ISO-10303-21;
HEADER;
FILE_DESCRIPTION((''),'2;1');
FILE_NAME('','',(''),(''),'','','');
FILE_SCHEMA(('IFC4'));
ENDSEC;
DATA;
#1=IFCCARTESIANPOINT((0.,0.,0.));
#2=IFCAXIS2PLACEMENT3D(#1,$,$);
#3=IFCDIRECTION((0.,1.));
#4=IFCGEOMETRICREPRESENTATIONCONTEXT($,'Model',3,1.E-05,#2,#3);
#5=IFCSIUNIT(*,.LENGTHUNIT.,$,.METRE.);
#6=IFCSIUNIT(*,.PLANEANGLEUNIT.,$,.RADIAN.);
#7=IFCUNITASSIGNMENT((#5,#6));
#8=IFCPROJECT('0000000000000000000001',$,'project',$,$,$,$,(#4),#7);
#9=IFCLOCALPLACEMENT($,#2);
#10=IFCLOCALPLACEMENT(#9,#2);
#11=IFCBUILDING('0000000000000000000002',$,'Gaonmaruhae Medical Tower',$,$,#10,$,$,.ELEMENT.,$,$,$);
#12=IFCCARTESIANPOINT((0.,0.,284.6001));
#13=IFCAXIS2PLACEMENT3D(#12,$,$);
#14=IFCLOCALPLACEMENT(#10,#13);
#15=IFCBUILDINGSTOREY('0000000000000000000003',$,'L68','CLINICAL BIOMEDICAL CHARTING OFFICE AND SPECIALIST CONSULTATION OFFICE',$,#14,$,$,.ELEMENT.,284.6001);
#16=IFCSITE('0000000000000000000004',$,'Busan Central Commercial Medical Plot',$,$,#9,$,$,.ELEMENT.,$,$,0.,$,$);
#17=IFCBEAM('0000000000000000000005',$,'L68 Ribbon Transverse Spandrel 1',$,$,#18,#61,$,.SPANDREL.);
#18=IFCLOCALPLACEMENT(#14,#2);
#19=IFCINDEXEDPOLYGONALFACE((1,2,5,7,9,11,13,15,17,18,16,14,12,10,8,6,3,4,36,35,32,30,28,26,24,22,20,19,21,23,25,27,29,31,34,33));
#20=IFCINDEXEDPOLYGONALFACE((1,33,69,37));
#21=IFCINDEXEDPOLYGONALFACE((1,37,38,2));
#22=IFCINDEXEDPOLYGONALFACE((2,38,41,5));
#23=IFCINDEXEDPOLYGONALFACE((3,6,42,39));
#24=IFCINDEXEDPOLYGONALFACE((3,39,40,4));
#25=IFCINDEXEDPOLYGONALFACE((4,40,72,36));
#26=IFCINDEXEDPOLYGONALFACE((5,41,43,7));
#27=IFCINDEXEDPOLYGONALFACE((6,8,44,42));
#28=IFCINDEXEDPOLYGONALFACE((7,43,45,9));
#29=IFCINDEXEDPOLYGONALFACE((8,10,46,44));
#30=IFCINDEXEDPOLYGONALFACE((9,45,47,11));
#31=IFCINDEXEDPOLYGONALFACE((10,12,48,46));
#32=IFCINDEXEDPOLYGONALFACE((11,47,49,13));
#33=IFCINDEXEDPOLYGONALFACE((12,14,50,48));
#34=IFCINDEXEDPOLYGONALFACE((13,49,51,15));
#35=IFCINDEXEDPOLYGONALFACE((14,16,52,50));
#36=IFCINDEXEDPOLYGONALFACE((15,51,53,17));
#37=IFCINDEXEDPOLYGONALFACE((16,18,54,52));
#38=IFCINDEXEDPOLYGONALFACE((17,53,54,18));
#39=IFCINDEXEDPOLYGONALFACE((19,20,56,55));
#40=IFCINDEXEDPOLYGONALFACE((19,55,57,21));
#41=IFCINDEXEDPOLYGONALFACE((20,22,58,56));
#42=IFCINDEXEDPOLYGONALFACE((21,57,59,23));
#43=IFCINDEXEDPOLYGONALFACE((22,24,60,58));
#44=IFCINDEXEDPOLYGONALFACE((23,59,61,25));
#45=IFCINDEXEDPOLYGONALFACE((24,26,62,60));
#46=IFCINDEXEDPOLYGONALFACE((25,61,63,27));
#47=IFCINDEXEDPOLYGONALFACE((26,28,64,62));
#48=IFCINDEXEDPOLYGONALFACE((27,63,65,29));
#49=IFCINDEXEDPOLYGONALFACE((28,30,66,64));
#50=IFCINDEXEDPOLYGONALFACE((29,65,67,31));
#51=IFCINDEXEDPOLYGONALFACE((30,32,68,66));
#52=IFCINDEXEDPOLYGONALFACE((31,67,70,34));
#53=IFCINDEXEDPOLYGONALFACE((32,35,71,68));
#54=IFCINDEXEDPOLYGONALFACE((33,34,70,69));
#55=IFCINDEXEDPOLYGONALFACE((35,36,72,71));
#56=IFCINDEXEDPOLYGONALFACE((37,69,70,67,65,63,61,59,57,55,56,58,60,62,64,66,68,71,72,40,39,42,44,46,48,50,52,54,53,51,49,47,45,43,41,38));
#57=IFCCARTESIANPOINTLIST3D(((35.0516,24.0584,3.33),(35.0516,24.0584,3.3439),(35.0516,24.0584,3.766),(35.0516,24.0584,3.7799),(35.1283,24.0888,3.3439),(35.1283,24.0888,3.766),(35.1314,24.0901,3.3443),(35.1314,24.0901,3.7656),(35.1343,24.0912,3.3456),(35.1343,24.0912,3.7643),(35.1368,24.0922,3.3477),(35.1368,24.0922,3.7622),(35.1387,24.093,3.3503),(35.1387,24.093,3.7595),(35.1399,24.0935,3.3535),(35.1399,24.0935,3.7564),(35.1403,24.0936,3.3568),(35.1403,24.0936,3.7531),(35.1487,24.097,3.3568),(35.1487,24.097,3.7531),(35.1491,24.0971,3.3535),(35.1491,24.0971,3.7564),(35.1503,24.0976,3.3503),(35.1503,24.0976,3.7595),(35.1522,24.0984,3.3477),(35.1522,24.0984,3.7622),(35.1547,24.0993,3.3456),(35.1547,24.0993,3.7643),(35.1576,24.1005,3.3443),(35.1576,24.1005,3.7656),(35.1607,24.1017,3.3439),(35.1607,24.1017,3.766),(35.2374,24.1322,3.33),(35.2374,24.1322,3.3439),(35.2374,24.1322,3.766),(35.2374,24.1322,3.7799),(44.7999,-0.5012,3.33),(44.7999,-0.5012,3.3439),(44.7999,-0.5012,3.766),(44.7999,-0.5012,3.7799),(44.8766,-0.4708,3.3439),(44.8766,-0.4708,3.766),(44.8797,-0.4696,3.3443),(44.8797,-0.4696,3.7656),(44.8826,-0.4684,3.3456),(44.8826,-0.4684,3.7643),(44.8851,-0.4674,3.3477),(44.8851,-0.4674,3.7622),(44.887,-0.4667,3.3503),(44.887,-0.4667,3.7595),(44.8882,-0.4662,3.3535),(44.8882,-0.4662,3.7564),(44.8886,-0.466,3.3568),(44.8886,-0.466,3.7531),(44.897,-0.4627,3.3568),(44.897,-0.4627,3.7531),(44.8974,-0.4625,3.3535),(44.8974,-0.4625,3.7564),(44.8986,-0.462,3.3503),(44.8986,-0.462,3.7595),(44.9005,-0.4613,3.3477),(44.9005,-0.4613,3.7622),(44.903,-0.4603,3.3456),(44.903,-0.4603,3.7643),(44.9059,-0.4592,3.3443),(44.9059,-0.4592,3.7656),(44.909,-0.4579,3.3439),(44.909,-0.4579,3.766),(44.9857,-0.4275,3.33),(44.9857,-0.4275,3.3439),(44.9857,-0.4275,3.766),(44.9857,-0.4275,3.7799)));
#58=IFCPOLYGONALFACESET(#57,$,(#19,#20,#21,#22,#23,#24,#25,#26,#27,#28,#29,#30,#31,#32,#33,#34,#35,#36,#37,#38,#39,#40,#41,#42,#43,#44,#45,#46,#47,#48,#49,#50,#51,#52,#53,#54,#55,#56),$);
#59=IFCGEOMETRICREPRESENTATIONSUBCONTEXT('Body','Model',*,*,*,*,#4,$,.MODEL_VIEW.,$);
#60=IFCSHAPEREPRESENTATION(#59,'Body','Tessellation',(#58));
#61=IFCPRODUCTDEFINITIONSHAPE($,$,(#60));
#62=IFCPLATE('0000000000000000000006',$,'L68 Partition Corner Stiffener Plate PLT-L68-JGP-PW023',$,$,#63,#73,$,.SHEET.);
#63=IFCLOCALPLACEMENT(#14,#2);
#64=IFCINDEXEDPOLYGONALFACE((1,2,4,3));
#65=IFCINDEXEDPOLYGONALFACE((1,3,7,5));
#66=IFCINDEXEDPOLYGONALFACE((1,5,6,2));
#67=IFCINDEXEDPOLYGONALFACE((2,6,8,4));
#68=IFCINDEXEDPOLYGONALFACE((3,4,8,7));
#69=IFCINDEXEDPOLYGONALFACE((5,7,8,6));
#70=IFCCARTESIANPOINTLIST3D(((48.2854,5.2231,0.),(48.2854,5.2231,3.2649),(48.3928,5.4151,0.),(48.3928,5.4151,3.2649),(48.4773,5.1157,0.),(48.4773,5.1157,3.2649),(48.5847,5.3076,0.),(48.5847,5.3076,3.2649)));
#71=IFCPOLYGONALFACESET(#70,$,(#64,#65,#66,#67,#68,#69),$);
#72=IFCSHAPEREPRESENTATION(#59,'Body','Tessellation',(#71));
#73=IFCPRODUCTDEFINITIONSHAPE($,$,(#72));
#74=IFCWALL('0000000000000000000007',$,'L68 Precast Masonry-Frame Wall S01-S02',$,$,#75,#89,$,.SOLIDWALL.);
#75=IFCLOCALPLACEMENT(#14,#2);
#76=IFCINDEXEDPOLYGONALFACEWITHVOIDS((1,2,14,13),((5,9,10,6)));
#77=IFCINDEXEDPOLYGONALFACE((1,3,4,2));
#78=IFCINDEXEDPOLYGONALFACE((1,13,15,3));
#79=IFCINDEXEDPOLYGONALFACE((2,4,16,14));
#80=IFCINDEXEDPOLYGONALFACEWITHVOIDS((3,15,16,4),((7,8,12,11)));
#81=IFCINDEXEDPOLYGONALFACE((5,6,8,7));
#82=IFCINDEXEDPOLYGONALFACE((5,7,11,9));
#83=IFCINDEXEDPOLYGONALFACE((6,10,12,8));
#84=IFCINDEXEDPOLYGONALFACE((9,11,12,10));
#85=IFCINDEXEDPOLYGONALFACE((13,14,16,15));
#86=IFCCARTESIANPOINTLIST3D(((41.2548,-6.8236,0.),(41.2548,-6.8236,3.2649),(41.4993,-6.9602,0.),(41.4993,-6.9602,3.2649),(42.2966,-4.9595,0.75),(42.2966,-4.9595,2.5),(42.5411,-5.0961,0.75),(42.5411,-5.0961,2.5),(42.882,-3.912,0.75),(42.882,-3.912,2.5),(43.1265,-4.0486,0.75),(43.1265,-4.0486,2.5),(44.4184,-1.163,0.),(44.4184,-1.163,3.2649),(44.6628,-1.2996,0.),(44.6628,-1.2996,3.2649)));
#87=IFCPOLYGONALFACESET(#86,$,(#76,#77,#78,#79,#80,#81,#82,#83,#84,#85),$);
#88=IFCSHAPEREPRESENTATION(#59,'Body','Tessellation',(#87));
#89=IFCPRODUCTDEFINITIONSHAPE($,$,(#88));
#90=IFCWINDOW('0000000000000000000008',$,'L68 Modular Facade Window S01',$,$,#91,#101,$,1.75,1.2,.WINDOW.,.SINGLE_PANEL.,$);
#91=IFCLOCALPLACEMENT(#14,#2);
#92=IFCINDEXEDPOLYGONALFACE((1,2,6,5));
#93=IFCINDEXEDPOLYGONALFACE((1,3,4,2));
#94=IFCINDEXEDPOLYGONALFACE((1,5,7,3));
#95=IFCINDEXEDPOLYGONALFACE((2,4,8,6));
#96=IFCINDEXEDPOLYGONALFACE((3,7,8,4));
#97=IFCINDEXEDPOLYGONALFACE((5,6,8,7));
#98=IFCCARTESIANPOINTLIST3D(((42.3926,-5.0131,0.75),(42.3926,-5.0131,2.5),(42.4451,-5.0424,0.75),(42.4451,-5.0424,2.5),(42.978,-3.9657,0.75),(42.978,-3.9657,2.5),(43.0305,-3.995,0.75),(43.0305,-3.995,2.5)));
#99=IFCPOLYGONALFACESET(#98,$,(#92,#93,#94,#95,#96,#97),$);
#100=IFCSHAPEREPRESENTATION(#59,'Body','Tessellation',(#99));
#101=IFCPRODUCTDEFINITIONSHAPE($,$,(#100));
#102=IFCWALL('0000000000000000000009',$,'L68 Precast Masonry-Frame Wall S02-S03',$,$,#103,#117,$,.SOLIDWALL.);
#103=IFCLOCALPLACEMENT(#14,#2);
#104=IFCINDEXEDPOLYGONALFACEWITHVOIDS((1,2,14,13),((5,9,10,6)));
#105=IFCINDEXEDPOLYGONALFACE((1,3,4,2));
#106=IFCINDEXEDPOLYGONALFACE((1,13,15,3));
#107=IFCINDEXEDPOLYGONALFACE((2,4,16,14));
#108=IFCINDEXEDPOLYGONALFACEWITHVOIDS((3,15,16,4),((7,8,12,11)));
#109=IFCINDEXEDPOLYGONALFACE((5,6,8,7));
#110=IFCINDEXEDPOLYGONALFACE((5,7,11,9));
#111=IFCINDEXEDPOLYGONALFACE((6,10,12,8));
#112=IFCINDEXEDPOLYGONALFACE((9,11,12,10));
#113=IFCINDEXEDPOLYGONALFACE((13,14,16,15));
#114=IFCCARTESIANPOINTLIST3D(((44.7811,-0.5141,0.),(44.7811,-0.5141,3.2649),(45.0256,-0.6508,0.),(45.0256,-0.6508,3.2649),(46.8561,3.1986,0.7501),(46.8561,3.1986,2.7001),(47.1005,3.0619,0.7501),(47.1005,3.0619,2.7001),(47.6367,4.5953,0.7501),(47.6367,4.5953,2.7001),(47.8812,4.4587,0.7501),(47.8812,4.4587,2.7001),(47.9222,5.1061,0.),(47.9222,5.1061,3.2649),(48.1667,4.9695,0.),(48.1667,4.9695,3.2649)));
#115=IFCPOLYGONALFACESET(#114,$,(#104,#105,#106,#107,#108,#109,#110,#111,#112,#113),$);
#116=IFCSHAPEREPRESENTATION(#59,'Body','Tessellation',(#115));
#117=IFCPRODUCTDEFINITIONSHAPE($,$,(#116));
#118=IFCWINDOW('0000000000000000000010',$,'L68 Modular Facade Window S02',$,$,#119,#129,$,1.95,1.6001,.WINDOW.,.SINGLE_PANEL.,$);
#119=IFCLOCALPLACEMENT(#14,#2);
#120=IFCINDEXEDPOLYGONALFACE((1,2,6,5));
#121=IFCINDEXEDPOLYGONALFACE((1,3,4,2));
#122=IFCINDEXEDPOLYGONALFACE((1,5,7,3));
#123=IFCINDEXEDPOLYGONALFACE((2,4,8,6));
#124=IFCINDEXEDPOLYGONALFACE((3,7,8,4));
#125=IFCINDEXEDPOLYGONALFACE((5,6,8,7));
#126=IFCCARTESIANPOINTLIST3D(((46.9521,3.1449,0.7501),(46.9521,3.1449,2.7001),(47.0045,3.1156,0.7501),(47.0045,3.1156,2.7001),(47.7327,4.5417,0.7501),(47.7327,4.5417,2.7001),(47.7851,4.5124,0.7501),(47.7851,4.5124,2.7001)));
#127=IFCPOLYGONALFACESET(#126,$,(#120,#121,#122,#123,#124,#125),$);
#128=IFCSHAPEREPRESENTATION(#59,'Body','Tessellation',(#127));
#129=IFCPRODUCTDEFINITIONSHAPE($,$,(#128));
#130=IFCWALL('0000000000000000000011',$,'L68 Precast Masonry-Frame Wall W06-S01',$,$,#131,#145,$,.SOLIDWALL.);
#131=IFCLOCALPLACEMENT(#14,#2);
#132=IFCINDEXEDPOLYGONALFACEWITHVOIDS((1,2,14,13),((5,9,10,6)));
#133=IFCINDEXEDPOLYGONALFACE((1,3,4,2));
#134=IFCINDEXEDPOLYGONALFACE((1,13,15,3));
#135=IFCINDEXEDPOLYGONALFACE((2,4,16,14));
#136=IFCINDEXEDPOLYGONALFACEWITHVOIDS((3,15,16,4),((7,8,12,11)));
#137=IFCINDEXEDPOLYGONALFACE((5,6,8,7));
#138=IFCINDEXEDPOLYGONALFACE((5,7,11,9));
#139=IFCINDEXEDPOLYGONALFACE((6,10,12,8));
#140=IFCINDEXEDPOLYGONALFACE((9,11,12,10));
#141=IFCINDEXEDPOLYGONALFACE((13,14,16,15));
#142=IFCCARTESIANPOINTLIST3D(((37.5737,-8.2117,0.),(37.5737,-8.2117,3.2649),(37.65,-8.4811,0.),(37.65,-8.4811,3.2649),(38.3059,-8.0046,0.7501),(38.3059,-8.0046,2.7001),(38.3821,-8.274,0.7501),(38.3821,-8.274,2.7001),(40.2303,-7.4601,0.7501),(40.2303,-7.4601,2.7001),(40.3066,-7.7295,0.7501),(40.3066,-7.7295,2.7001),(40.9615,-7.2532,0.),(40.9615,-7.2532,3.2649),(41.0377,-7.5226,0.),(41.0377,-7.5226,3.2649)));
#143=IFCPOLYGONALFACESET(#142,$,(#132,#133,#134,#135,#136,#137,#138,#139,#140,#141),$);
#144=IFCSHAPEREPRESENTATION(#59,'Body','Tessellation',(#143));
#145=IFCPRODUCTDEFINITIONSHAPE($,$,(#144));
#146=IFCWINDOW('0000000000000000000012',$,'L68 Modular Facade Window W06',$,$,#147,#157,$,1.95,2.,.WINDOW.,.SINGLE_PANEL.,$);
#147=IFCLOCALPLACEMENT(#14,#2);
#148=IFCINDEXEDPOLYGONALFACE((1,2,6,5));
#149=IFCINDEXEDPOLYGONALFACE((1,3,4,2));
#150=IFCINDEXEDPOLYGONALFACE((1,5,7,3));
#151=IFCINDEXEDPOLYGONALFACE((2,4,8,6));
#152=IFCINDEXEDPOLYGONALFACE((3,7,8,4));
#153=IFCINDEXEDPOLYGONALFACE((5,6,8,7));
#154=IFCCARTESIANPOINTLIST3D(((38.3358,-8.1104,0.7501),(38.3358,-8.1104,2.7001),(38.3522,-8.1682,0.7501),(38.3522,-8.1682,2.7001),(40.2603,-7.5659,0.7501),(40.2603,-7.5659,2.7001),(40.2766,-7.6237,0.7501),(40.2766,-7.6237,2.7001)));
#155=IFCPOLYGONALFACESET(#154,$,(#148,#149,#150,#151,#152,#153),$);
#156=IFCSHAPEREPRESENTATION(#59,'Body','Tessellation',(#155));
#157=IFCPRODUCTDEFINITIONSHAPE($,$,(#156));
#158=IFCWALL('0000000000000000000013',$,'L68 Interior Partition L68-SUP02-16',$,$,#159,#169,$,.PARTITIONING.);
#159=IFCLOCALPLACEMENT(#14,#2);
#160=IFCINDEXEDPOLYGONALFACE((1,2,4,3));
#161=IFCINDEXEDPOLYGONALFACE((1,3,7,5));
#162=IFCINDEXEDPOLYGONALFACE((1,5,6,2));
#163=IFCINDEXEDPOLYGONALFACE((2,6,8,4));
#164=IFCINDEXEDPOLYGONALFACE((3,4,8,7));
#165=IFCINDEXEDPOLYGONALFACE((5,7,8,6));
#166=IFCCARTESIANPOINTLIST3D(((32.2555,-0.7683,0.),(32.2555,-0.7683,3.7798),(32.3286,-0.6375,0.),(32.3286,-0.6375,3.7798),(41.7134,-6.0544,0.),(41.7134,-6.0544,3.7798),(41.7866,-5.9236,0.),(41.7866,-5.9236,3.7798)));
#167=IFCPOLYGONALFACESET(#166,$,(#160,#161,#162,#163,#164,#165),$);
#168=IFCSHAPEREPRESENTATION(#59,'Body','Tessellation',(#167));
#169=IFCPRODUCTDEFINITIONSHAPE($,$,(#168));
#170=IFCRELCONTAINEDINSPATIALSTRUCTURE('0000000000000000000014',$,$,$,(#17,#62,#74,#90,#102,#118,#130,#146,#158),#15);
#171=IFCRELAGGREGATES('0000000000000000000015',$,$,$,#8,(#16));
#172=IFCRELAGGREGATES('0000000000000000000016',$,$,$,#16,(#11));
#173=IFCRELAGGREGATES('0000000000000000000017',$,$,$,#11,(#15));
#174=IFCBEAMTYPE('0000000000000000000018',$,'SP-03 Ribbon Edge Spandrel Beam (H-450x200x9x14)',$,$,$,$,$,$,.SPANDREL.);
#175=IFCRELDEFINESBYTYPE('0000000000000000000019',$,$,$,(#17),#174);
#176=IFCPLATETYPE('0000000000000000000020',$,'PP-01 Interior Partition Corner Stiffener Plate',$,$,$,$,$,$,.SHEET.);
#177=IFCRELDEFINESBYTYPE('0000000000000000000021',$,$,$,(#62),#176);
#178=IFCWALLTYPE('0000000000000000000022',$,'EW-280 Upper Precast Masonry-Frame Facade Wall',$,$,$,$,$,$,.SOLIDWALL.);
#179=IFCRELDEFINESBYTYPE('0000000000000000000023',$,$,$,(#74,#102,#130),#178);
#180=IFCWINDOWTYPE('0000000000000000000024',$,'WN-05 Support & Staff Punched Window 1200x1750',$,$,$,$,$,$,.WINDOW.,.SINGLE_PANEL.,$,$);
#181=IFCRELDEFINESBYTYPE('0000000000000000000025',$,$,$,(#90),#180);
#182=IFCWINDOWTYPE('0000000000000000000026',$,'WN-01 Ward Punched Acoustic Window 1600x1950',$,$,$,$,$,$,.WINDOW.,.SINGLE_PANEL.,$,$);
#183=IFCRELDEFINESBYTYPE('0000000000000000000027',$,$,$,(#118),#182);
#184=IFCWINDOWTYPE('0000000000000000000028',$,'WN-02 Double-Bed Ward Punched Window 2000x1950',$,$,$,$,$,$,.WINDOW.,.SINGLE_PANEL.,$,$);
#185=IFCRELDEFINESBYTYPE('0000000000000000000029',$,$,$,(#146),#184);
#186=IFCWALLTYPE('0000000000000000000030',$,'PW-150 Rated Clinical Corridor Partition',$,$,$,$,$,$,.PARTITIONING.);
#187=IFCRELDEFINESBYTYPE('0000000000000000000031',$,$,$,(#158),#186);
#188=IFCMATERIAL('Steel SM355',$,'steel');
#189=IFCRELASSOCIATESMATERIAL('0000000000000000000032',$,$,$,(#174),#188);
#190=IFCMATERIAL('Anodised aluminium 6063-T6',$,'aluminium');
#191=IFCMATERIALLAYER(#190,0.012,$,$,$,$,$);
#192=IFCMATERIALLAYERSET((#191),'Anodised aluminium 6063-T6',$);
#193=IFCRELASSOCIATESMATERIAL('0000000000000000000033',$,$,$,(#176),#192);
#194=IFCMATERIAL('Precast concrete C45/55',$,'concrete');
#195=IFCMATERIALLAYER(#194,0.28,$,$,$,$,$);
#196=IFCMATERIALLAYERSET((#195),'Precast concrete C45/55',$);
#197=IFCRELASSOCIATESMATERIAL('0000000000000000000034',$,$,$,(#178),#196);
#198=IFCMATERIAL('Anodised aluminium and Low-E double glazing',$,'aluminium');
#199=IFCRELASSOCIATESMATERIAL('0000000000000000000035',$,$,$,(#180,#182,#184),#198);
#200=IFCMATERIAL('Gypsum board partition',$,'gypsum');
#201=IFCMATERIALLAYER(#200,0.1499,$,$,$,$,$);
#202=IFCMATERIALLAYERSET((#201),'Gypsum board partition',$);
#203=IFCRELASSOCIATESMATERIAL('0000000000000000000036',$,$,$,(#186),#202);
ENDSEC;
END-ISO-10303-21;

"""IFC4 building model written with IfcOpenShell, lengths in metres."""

from ifc_helpers import new_model, si_unit, direction, frame, frame_2d, origin, origin_2d, place, context, subcontext, project, spatial, rectangle, i_section, extrude, material, layer, layer_set, material_profile, profile_set, type_object, element, fill, save


model = new_model("IFC4")

# Units and contexts
model_context = context("Model", 3, precision=1e-05, world=origin(), true_north=direction((0.0, 1.0)))
body_context = subcontext(model_context, "Body", "Model", "MODEL_VIEW")
ifc_project = project(units=[si_unit("LENGTHUNIT", "METRE"), si_unit("PLANEANGLEUNIT", "RADIAN")], contexts=[model_context])

# Site, building, storey
site_placement = place(None, origin())
site = spatial("IfcSite", under=ifc_project, at=site_placement, Name="Busan Central Commercial Medical Plot", CompositionType="ELEMENT", RefElevation=0.0)
building_placement = place(site_placement, origin())
building = spatial("IfcBuilding", under=site, at=building_placement, Name="Gaonmaruhae Medical Tower", CompositionType="ELEMENT")
storey_placement = place(building_placement, frame((0.0, 0.0, 284.6001)))
storey = spatial("IfcBuildingStorey", under=building, at=storey_placement, Name="L68", Description="CLINICAL BIOMEDICAL CHARTING OFFICE AND SPECIALIST CONSULTATION OFFICE", CompositionType="ELEMENT", Elevation=284.6001)

# Beam
ifc_material_1 = material(Name="Steel SM355", Category="steel")
ifc_material_profile_1 = material_profile(ifc_material_1, i_section(OverallWidth=0.2, OverallDepth=0.45, WebThickness=0.009, FlangeThickness=0.0139, FilletRadius=0.0129, at=origin_2d()), Name="H-450x200x9x14")
ifc_profile_set_1 = profile_set([ifc_material_profile_1], Name="Steel SM355")
beam_type_1 = type_object("IfcBeamType", Name="SP-03 Ribbon Edge Spandrel Beam (H-450x200x9x14)", PredefinedType="SPANDREL", material=ifc_profile_set_1)
beam_placement = place(storey_placement, frame((44.8928, -0.4644, 3.5549), z_axis=(-0.368925, 0.929459, 0.0), x_axis=(-0.929459, -0.368925, 0.0)))
element("IfcBeam", 1, at=beam_placement, inside=storey, type_object=beam_type_1, Name="L68 Ribbon Transverse Spandrel 1", PredefinedType="SPANDREL", context=body_context, shape_type="SweptSolid", body=[
    extrude(i_section(OverallWidth=0.2, OverallDepth=0.45, WebThickness=0.009, FlangeThickness=0.0139, FilletRadius=0.0129, at=origin_2d()), origin(), (0.0, 0.0, 1.0), 26.4236),
])

# Plate
ifc_material_2 = material(Name="Anodised aluminium 6063-T6", Category="aluminium")
ifc_layer_1 = layer(ifc_material_2, 0.012)
ifc_layer_set_1 = layer_set([ifc_layer_1], Name="Anodised aluminium 6063-T6")
plate_type = type_object("IfcPlateType", Name="PP-01 Interior Partition Corner Stiffener Plate", PredefinedType="SHEET", material=ifc_layer_set_1)
plate_placement = place(storey_placement, frame((48.4351, 5.2654, 0.0), z_axis=(0.0, 0.0, 1.0), x_axis=(-0.488362, -0.872641, 0.0)))
element("IfcPlate", 2, at=plate_placement, inside=storey, type_object=plate_type, Name="L68 Partition Corner Stiffener Plate PLT-L68-JGP-PW023", PredefinedType="SHEET", context=body_context, shape_type="SweptSolid", body=[
    extrude(rectangle(XDim=0.22, YDim=0.22, at=origin_2d()), origin(), (0.0, 0.0, 1.0), 3.2649),
])

# Walls, openings, windows
ifc_material_3 = material(Name="Precast concrete C45/55", Category="concrete")
ifc_layer_2 = layer(ifc_material_3, 0.28)
ifc_layer_set_2 = layer_set([ifc_layer_2], Name="Precast concrete C45/55")
wall_type_1 = type_object("IfcWallType", Name="EW-280 Upper Precast Masonry-Frame Facade Wall", PredefinedType="SOLIDWALL", material=ifc_layer_set_2)
wall_1_placement = place(storey_placement, frame((44.5405, -1.2314, 0.0), z_axis=(0.0, 0.0, 1.0), x_axis=(-0.487853, -0.872926, 0.0)))
wall_1 = element("IfcWall", 3, at=wall_1_placement, inside=storey, type_object=wall_type_1, Name="L68 Precast Masonry-Frame Wall S01-S02", PredefinedType="SOLIDWALL", context=body_context, shape_type="SweptSolid", body=[
    extrude(rectangle(XDim=6.4846, YDim=0.28, at=frame_2d((3.2422, 0.0))), origin(), (0.0, 0.0, 1.0), 3.2649),
])
opening_1_placement = place(wall_1_placement, frame((3.1489, 0.0, 0.75)))
opening_1 = element("IfcOpeningElement", 4, at=opening_1_placement, cuts=wall_1, PredefinedType="OPENING", context=body_context, shape_type="SweptSolid", body=[
    extrude(rectangle(XDim=1.2, YDim=1.75, at=frame_2d((0.6001, 0.875))), frame((0.0, 0.1499, 0.0), z_axis=(0.0, -1.0, 0.0), x_axis=(1.0, 0.0, 0.0)), (0.0, 0.0, 1.0), 0.3),
])
ifc_material_4 = material(Name="Anodised aluminium and Low-E double glazing", Category="aluminium")
window_type_1 = type_object("IfcWindowType", Name="WN-05 Support & Staff Punched Window 1200x1750", PartitioningType="SINGLE_PANEL", PredefinedType="WINDOW", material=ifc_material_4)
window_1_placement = place(opening_1_placement, origin())
window_1 = element("IfcWindow", 5, at=window_1_placement, inside=storey, type_object=window_type_1, Name="L68 Modular Facade Window S01", OverallHeight=1.75, OverallWidth=1.2, PartitioningType="SINGLE_PANEL", PredefinedType="WINDOW", context=body_context, shape_type="SweptSolid", body=[
    extrude(rectangle(XDim=1.2, YDim=1.75, at=frame_2d((0.6001, 0.875))), frame((0.0, 0.03, 0.0), z_axis=(0.0, -1.0, 0.0), x_axis=(1.0, 0.0, 0.0)), (0.0, 0.0, 1.0), 0.0601),
])
fill(opening_1, window_1)
wall_2_placement = place(storey_placement, frame((48.0444, 5.0378, 0.0), z_axis=(0.0, 0.0, 1.0), x_axis=(-0.48786, -0.872922, 0.0)))
wall_2 = element("IfcWall", 6, at=wall_2_placement, inside=storey, type_object=wall_type_1, Name="L68 Precast Masonry-Frame Wall S02-S03", PredefinedType="SOLIDWALL", context=body_context, shape_type="SweptSolid", body=[
    extrude(rectangle(XDim=6.4385, YDim=0.28, at=frame_2d((3.2192, 0.0))), origin(), (0.0, 0.0, 1.0), 3.2649),
])
opening_2_placement = place(wall_2_placement, frame((0.5852, 0.0, 0.75)))
opening_2 = element("IfcOpeningElement", 7, at=opening_2_placement, cuts=wall_2, PredefinedType="OPENING", context=body_context, shape_type="SweptSolid", body=[
    extrude(rectangle(XDim=1.6001, YDim=1.95, at=frame_2d((0.8, 0.9751))), frame((0.0, 0.1499, 0.0), z_axis=(0.0, -1.0, 0.0), x_axis=(1.0, 0.0, 0.0)), (0.0, 0.0, 1.0), 0.3),
])
window_type_2 = type_object("IfcWindowType", Name="WN-01 Ward Punched Acoustic Window 1600x1950", PartitioningType="SINGLE_PANEL", PredefinedType="WINDOW", material=ifc_material_4)
window_2_placement = place(opening_2_placement, origin())
window_2 = element("IfcWindow", 8, at=window_2_placement, inside=storey, type_object=window_type_2, Name="L68 Modular Facade Window S02", OverallHeight=1.95, OverallWidth=1.6001, PartitioningType="SINGLE_PANEL", PredefinedType="WINDOW", context=body_context, shape_type="SweptSolid", body=[
    extrude(rectangle(XDim=1.6001, YDim=1.95, at=frame_2d((0.8, 0.9751))), frame((0.0, 0.03, 0.0), z_axis=(0.0, -1.0, 0.0), x_axis=(1.0, 0.0, 0.0)), (0.0, 0.0, 1.0), 0.0601),
])
fill(opening_2, window_2)
wall_3_placement = place(storey_placement, frame((40.9995, -7.3879, 0.0), z_axis=(0.0, 0.0, 1.0), x_axis=(-0.962227, -0.272247, 0.0)))
wall_3 = element("IfcWall", 9, at=wall_3_placement, inside=storey, type_object=wall_type_1, Name="L68 Precast Masonry-Frame Wall W06-S01", PredefinedType="SOLIDWALL", context=body_context, shape_type="SweptSolid", body=[
    extrude(rectangle(XDim=3.5208, YDim=0.28, at=frame_2d((1.7603, 0.0))), origin(), (0.0, 0.0, 1.0), 3.2649),
])
opening_3_placement = place(wall_3_placement, frame((0.7598, 0.0, 0.75)))
opening_3 = element("IfcOpeningElement", 10, at=opening_3_placement, cuts=wall_3, PredefinedType="OPENING", context=body_context, shape_type="SweptSolid", body=[
    extrude(rectangle(XDim=2.0, YDim=1.95, at=frame_2d((1.0, 0.9751))), frame((0.0, 0.1499, 0.0), z_axis=(0.0, -1.0, 0.0), x_axis=(1.0, 0.0, 0.0)), (0.0, 0.0, 1.0), 0.3),
])
window_type_3 = type_object("IfcWindowType", Name="WN-02 Double-Bed Ward Punched Window 2000x1950", PartitioningType="SINGLE_PANEL", PredefinedType="WINDOW", material=ifc_material_4)
window_3_placement = place(opening_3_placement, origin())
window_3 = element("IfcWindow", 11, at=window_3_placement, inside=storey, type_object=window_type_3, Name="L68 Modular Facade Window W06", OverallHeight=1.95, OverallWidth=2.0, PartitioningType="SINGLE_PANEL", PredefinedType="WINDOW", context=body_context, shape_type="SweptSolid", body=[
    extrude(rectangle(XDim=2.0, YDim=1.95, at=frame_2d((1.0, 0.9751))), frame((0.0, 0.03, 0.0), z_axis=(0.0, -1.0, 0.0), x_axis=(1.0, 0.0, 0.0)), (0.0, 0.0, 1.0), 0.0601),
])
fill(opening_3, window_3)

# Wall
ifc_material_5 = material(Name="Gypsum board partition", Category="gypsum")
ifc_layer_3 = layer(ifc_material_5, 0.1499)
ifc_layer_set_3 = layer_set([ifc_layer_3], Name="Gypsum board partition")
wall_type_2 = type_object("IfcWallType", Name="PW-150 Rated Clinical Corridor Partition", PredefinedType="PARTITIONING", material=ifc_layer_set_3)
wall_4_placement = place(storey_placement, frame((41.75, -5.989, 0.0), z_axis=(0.0, 0.0, 1.0), x_axis=(-0.872913, 0.487876, 0.0)))
element("IfcWall", 12, at=wall_4_placement, inside=storey, type_object=wall_type_2, Name="L68 Interior Partition L68-SUP02-16", PredefinedType="PARTITIONING", context=body_context, shape_type="SweptSolid", body=[
    extrude(rectangle(XDim=10.835, YDim=0.1499, at=frame_2d((5.4175, 0.0))), origin(), (0.0, 0.0, 1.0), 3.7798),
])

save(model, "model.ifc")
